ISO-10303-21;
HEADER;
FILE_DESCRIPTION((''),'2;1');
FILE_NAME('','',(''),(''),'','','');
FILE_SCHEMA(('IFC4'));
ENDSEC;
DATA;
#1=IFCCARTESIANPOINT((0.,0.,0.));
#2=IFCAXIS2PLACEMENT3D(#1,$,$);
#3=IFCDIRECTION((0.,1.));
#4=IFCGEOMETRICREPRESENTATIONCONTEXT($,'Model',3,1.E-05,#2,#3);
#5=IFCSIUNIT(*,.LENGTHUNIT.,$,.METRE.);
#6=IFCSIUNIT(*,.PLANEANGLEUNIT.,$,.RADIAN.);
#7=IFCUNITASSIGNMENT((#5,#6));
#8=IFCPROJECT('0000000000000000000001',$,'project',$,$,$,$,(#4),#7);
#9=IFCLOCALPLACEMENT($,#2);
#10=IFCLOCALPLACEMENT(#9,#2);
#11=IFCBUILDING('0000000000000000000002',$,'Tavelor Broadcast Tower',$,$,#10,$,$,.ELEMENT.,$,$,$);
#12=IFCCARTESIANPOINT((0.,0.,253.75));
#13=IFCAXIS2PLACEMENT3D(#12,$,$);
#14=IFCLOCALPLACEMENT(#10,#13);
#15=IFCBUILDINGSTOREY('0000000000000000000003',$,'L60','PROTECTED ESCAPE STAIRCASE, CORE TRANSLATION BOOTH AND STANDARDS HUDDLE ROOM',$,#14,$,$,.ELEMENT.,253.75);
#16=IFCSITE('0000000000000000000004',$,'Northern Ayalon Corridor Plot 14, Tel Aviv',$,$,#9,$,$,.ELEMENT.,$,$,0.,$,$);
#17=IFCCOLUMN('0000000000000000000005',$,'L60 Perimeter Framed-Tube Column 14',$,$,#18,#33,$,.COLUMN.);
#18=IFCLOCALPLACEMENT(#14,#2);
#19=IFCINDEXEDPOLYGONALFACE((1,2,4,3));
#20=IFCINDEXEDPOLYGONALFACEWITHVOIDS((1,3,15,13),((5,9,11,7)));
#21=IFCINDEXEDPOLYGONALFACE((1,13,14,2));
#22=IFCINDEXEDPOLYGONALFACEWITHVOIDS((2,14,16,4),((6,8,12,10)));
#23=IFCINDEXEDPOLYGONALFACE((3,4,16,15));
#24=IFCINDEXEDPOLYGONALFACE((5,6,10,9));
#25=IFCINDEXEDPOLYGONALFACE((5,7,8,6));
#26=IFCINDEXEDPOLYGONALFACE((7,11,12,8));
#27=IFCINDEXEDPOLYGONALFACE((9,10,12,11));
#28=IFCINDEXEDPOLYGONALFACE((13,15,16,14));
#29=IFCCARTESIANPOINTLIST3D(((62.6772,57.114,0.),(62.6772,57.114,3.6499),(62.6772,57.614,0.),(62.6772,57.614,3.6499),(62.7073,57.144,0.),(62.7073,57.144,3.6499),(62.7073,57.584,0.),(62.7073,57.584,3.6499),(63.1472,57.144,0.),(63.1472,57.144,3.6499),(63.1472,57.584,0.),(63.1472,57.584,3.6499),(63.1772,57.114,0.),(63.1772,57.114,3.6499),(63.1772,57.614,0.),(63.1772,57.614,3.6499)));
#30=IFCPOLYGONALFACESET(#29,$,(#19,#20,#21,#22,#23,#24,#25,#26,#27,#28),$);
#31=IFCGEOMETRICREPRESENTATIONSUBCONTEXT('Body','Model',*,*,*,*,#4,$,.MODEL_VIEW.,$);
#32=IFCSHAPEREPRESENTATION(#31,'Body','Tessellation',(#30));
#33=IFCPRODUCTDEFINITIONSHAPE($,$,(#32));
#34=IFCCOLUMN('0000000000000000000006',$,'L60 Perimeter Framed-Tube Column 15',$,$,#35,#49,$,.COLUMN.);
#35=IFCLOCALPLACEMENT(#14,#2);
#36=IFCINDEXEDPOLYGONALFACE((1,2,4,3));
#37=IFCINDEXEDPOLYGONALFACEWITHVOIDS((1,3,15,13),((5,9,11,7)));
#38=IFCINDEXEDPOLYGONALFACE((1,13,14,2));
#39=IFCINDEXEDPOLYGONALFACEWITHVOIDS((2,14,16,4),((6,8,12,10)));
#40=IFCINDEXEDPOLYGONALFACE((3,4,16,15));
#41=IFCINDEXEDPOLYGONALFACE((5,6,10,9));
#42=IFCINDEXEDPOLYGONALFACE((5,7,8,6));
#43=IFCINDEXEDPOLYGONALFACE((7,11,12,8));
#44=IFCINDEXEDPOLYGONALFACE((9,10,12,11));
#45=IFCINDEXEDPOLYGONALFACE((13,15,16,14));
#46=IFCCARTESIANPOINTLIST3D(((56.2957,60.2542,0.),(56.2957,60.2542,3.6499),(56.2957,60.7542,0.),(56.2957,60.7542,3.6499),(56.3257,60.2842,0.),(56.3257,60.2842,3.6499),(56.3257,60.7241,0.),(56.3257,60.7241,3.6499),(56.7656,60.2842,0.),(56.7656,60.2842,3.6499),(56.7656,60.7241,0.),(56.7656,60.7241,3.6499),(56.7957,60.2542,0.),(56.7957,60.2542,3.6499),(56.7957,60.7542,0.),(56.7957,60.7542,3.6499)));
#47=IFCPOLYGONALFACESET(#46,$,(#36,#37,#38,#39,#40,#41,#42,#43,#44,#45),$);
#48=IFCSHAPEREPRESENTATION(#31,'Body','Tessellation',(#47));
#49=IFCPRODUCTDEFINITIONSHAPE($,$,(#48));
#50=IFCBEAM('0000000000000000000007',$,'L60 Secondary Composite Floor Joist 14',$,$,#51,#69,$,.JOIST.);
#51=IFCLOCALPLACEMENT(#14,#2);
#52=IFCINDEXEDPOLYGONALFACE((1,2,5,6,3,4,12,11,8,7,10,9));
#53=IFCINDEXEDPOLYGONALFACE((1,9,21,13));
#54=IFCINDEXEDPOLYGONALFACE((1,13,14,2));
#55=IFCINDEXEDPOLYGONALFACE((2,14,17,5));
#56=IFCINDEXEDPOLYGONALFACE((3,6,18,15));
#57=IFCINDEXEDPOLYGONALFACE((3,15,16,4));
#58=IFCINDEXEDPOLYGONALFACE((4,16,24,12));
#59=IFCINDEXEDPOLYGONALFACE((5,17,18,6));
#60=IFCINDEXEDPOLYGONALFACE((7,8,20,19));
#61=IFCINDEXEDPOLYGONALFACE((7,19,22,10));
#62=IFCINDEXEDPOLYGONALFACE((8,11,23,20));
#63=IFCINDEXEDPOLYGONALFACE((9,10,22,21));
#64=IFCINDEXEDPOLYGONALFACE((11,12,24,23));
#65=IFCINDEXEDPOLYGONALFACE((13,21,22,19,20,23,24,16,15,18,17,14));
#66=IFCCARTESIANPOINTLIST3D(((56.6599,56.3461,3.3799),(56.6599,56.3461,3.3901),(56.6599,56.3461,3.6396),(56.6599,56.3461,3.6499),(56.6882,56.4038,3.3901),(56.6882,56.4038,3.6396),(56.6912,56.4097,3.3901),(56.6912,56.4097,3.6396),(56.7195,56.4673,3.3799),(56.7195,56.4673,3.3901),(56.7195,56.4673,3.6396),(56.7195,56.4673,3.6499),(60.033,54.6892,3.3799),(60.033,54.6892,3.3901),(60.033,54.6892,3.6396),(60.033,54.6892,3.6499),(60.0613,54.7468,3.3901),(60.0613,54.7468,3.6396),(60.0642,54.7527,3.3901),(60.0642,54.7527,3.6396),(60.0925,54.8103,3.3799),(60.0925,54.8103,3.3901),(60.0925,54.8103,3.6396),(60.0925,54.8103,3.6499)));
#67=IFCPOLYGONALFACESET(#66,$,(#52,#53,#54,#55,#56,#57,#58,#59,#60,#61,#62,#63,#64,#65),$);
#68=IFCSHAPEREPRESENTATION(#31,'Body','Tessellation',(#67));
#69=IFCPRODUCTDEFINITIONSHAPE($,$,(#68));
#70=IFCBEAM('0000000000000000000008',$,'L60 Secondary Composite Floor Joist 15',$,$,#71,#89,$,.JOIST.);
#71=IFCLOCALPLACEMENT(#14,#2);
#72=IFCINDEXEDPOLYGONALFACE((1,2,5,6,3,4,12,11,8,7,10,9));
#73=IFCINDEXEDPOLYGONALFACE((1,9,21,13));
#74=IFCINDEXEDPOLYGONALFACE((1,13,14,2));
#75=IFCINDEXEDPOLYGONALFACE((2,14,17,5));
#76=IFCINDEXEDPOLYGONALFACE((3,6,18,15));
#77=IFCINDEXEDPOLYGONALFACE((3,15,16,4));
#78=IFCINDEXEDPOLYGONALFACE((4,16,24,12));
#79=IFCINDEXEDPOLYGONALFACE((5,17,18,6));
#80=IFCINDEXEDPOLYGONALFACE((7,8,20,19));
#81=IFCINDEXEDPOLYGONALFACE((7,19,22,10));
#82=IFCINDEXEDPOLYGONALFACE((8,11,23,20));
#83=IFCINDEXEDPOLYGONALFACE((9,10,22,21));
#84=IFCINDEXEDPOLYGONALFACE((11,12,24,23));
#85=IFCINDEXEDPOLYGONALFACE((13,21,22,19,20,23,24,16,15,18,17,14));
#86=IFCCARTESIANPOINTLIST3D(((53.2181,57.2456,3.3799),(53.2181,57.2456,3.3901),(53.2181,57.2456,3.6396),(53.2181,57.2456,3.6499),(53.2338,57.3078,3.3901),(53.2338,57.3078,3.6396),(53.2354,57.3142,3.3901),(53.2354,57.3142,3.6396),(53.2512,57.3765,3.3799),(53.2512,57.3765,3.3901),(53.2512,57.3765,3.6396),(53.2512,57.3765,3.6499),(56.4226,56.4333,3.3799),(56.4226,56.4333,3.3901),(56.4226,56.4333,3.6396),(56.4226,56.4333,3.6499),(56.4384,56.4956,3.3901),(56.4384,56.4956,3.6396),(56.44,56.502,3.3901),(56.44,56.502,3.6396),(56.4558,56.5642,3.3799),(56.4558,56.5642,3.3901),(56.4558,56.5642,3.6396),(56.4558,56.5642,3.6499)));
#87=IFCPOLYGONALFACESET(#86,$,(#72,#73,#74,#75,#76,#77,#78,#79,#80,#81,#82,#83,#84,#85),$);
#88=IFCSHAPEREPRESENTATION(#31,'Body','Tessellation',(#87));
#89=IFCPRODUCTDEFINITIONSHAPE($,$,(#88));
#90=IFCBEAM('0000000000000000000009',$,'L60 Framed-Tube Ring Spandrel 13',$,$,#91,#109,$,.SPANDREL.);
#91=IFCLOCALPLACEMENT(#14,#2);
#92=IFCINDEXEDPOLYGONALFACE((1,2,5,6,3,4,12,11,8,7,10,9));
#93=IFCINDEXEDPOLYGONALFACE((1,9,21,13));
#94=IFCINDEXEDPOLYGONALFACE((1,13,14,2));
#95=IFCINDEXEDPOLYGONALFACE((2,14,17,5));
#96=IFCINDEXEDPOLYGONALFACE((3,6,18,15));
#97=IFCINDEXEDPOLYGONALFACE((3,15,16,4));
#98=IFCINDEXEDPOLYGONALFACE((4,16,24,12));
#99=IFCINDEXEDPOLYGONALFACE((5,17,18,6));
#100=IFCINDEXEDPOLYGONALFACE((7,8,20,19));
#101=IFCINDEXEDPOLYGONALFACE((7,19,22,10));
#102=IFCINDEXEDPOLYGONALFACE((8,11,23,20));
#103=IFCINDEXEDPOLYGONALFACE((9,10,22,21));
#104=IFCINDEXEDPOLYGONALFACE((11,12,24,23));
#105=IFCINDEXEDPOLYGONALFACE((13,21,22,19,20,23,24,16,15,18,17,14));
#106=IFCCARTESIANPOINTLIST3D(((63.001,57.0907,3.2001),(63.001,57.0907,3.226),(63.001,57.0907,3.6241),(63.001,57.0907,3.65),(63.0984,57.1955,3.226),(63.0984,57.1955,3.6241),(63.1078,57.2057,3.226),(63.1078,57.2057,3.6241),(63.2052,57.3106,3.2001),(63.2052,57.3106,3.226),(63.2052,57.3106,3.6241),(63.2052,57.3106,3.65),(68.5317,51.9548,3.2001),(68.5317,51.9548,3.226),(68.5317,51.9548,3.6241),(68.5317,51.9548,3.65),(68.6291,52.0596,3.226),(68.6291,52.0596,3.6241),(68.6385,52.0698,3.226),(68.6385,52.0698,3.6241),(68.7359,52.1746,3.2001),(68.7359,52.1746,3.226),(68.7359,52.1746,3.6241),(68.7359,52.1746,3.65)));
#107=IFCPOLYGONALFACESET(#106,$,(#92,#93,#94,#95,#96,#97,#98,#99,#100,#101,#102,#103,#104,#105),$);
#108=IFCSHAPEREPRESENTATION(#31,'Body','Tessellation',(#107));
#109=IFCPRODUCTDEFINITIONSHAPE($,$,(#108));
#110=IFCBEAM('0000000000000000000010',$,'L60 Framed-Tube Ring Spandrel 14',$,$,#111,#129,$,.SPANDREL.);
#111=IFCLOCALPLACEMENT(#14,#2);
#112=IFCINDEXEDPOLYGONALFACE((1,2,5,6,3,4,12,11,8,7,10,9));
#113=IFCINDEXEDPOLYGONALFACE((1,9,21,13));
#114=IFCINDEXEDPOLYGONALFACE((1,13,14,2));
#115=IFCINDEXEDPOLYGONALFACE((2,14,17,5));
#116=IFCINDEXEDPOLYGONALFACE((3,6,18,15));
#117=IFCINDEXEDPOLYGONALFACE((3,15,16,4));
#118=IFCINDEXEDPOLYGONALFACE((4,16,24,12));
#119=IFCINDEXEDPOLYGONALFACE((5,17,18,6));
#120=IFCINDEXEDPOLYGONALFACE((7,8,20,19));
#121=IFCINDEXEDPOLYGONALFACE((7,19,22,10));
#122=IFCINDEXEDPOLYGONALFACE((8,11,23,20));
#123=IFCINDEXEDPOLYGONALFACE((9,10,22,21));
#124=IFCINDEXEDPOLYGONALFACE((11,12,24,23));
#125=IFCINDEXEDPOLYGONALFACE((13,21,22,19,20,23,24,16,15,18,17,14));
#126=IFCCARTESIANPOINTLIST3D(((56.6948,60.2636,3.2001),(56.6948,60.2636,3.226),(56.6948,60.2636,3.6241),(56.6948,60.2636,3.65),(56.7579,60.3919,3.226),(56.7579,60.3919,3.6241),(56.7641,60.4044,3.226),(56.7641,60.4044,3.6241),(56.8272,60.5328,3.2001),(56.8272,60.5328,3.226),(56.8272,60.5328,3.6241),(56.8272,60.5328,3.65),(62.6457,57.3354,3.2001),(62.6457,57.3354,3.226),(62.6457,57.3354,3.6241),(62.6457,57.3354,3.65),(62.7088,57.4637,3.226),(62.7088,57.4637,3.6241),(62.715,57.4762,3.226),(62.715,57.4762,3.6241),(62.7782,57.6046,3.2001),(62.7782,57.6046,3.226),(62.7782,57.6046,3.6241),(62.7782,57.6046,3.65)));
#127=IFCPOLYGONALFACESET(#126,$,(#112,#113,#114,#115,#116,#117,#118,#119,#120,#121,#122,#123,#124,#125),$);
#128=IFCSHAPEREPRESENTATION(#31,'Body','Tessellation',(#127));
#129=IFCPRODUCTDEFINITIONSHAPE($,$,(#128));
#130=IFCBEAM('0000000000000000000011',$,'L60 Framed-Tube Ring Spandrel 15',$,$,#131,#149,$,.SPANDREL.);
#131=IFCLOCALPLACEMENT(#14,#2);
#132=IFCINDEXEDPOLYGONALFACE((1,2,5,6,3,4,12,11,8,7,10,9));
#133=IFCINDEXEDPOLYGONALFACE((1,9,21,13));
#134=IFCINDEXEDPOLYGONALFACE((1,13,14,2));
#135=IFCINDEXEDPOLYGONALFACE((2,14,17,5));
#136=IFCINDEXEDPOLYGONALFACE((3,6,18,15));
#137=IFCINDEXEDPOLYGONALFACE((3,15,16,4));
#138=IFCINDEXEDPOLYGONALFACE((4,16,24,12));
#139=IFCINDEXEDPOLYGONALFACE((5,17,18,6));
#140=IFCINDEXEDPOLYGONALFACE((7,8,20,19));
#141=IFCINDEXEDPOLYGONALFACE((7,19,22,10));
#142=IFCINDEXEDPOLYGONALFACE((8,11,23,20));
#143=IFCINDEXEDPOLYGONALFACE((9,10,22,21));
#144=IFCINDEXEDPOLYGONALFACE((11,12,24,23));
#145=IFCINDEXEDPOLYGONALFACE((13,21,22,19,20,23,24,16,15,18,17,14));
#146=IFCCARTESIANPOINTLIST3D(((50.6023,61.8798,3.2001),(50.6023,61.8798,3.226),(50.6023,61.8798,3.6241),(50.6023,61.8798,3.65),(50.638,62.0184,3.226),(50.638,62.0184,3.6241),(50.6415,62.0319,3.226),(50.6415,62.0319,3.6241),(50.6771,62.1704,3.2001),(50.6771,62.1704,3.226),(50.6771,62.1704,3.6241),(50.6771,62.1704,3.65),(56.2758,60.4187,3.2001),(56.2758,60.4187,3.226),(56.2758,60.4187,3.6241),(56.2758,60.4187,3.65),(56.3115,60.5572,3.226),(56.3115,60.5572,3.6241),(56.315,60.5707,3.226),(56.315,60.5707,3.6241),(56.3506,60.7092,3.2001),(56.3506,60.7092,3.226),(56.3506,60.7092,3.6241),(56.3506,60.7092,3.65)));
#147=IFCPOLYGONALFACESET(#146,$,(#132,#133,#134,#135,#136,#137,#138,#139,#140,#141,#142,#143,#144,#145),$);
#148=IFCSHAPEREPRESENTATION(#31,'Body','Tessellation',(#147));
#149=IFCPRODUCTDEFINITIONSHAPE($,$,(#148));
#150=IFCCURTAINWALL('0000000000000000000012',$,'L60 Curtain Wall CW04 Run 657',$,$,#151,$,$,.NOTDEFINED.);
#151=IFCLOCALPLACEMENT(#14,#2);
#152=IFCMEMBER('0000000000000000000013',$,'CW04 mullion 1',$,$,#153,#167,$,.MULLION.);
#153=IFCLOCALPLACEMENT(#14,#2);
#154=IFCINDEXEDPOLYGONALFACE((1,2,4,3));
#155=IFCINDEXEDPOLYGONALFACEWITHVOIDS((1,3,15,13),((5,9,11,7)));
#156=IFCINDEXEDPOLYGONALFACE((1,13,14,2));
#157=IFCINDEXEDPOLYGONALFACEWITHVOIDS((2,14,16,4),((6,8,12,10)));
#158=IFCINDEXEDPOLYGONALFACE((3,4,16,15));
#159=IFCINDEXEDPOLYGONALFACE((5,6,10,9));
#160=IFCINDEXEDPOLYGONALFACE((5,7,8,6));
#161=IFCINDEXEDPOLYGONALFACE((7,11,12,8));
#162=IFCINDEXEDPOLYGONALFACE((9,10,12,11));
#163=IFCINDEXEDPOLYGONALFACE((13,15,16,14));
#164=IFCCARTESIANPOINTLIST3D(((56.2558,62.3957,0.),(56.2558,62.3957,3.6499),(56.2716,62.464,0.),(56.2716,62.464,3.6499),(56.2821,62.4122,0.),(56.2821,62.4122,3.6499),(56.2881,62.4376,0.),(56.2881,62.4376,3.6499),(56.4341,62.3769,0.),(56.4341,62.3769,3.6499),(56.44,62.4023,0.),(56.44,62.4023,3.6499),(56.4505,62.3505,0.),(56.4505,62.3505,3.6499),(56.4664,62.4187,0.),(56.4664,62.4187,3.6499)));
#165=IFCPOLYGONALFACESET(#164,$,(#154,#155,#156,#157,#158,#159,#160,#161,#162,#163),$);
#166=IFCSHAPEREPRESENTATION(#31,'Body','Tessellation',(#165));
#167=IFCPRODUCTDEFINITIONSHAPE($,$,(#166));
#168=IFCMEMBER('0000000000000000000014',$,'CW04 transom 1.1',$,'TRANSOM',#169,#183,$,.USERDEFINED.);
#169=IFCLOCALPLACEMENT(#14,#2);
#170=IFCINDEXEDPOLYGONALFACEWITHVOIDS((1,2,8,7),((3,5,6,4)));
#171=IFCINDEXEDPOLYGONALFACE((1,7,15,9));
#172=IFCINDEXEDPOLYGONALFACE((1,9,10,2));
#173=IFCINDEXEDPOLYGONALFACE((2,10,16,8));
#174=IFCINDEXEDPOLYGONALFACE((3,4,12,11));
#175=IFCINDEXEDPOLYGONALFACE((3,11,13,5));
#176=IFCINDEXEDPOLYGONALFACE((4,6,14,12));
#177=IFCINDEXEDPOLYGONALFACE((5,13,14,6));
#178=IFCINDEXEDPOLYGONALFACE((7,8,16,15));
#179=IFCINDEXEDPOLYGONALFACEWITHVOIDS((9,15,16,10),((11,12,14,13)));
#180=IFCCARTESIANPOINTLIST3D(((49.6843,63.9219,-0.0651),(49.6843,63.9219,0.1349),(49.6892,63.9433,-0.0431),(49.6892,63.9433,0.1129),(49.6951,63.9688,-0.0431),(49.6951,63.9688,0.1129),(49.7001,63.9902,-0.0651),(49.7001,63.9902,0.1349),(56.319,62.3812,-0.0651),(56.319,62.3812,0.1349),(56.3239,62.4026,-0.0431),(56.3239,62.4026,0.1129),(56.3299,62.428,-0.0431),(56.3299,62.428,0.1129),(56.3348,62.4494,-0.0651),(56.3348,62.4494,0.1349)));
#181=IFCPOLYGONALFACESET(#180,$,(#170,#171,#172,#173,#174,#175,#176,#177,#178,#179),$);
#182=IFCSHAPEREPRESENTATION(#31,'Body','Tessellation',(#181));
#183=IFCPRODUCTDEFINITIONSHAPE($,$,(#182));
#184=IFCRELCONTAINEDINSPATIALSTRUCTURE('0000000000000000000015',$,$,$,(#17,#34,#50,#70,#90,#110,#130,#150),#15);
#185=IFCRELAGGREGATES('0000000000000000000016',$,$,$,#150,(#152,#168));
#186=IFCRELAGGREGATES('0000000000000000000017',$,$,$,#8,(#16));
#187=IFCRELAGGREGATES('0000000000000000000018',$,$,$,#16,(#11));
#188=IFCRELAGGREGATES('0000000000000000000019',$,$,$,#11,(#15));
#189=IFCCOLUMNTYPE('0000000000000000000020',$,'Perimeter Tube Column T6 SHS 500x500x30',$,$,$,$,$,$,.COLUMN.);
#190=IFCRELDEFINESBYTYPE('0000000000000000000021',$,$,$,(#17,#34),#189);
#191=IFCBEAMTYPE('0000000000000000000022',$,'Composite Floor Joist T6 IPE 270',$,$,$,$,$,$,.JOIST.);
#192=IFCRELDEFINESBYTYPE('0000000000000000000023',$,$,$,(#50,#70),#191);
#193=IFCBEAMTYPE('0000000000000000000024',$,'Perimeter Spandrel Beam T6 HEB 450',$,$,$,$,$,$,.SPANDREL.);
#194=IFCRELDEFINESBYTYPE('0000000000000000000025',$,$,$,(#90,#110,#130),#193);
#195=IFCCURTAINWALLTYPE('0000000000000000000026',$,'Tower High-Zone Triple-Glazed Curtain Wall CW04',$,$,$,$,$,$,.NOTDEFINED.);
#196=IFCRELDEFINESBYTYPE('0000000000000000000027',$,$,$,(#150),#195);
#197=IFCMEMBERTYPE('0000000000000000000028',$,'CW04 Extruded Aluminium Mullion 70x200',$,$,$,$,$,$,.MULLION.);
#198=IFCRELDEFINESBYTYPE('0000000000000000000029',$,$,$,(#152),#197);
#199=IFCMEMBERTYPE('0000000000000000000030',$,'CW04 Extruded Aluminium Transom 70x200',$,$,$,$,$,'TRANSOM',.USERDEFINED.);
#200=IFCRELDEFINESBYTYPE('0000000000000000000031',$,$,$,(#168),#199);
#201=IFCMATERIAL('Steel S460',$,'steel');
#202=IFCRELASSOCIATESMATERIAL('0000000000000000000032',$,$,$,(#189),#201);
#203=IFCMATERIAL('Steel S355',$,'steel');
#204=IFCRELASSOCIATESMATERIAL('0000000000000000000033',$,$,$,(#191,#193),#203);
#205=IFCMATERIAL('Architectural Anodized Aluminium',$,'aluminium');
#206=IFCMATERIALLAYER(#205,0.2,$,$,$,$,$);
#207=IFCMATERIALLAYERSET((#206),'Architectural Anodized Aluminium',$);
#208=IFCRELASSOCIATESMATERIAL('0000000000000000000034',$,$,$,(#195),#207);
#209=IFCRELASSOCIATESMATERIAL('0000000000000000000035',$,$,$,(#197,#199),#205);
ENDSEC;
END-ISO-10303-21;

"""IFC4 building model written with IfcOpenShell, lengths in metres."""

from ifc_helpers import new_model, si_unit, direction, frame, origin, origin_2d, place, context, subcontext, project, spatial, hollow_rectangle, i_section, extrude, source, transform, mapped, material, layer, layer_set, material_profile, profile_set, type_object, type_shapes, element, aggregate, save


model = new_model("IFC4")

# Units and contexts
model_context = context("Model", 3, precision=1e-05, world=origin(), true_north=direction((0.0, 1.0)))
body_context = subcontext(model_context, "Body", "Model", "MODEL_VIEW")
ifc_project = project(units=[si_unit("LENGTHUNIT", "METRE"), si_unit("PLANEANGLEUNIT", "RADIAN")], contexts=[model_context])

# Site, building, storey
site_placement = place(None, origin())
site = spatial("IfcSite", under=ifc_project, at=site_placement, Name="Northern Ayalon Corridor Plot 14, Tel Aviv", CompositionType="ELEMENT", RefElevation=0.0)
building_placement = place(site_placement, origin())
building = spatial("IfcBuilding", under=site, at=building_placement, Name="Tavelor Broadcast Tower", CompositionType="ELEMENT")
storey_placement = place(building_placement, frame((0.0, 0.0, 253.75)))
storey = spatial("IfcBuildingStorey", under=building, at=storey_placement, Name="L60", Description="PROTECTED ESCAPE STAIRCASE, CORE TRANSLATION BOOTH AND STANDARDS HUDDLE ROOM", CompositionType="ELEMENT", Elevation=253.75)

# Columns
ifc_material_1 = material(Name="Steel S460", Category="steel")
ifc_material_profile_1 = material_profile(ifc_material_1, hollow_rectangle(XDim=0.5, YDim=0.5, WallThickness=0.03, at=origin_2d()), Name="SHS 500x500x30")
ifc_profile_set_1 = profile_set([ifc_material_profile_1], Name="Steel S460")
column_type = type_object("IfcColumnType", Name="Perimeter Tube Column T6 SHS 500x500x30", PredefinedType="COLUMN", material=ifc_profile_set_1)
for number, where, z_axis, x_axis, name in (
    (1, (62.9272, 57.364, 0.0), (0.0, 0.0, 1.0), (1.0, 0.0, 0.0), "L60 Perimeter Framed-Tube Column 14"),
    (2, (56.5457, 60.5042, 0.0), (0.0, 0.0, 1.0), (1.0, 0.0, 0.0), "L60 Perimeter Framed-Tube Column 15"),
):
    element("IfcColumn", number, at=place(storey_placement, frame(where, z_axis=z_axis, x_axis=x_axis)), inside=storey, type_object=column_type, Name=name, PredefinedType="COLUMN", context=body_context, shape_type="SweptSolid", body=[
        extrude(hollow_rectangle(XDim=0.5, YDim=0.5, WallThickness=0.03, at=origin_2d()), origin(), (0.0, 0.0, 1.0), 3.6499),
    ])

# Beams
ifc_material_2 = material(Name="Steel S355", Category="steel")
ifc_material_profile_2 = material_profile(ifc_material_2, i_section(OverallWidth=0.135, OverallDepth=0.27, WebThickness=0.0066, FlangeThickness=0.0103, at=origin_2d()), Name="IPE 270")
ifc_profile_set_2 = profile_set([ifc_material_profile_2], Name="Steel S355")
beam_type_1 = type_object("IfcBeamType", Name="Composite Floor Joist T6 IPE 270", PredefinedType="JOIST", material=ifc_profile_set_2)
beam_1_placement = place(storey_placement, frame((60.0627, 54.7498, 3.5149), z_axis=(-0.897549, 0.440914, 0.0), x_axis=(-0.440914, -0.897549, 0.0)))
element("IfcBeam", 3, at=beam_1_placement, inside=storey, type_object=beam_type_1, Name="L60 Secondary Composite Floor Joist 14", PredefinedType="JOIST", context=body_context, shape_type="SweptSolid", body=[
    extrude(i_section(OverallWidth=0.135, OverallDepth=0.27, WebThickness=0.0066, FlangeThickness=0.0103, at=origin_2d()), origin(), (0.0, 0.0, 1.0), 3.7581),
])
beam_2_placement = place(storey_placement, frame((56.4392, 56.4988, 3.5149), z_axis=(-0.969347, 0.245697, 0.0), x_axis=(-0.245697, -0.969347, 0.0)))
element("IfcBeam", 4, at=beam_2_placement, inside=storey, type_object=beam_type_1, Name="L60 Secondary Composite Floor Joist 15", PredefinedType="JOIST", context=body_context, shape_type="SweptSolid", body=[
    extrude(i_section(OverallWidth=0.135, OverallDepth=0.27, WebThickness=0.0066, FlangeThickness=0.0103, at=origin_2d()), origin(), (0.0, 0.0, 1.0), 3.3059),
])
ifc_material_profile_3 = material_profile(ifc_material_2, i_section(OverallWidth=0.3, OverallDepth=0.45, WebThickness=0.0139, FlangeThickness=0.0259, at=origin_2d()), Name="HEB 450")
ifc_profile_set_3 = profile_set([ifc_material_profile_3], Name="Steel S355")
beam_type_2 = type_object("IfcBeamType", Name="Perimeter Spandrel Beam T6 HEB 450", PredefinedType="SPANDREL", material=ifc_profile_set_3)
beam_3_placement = place(storey_placement, frame((68.6338, 52.0647, 3.425), z_axis=(-0.732775, 0.680471, 0.0), x_axis=(-0.680471, -0.732775, 0.0)))
element("IfcBeam", 5, at=beam_3_placement, inside=storey, type_object=beam_type_2, Name="L60 Framed-Tube Ring Spandrel 13", PredefinedType="SPANDREL", context=body_context, shape_type="SweptSolid", body=[
    extrude(i_section(OverallWidth=0.3, OverallDepth=0.45, WebThickness=0.0139, FlangeThickness=0.0259, at=origin_2d()), origin(), (0.0, 0.0, 1.0), 7.5476),
])
beam_4_placement = place(storey_placement, frame((62.7119, 57.47, 3.425), z_axis=(-0.897258, 0.441506, 0.0), x_axis=(-0.441506, -0.897258, 0.0)))
element("IfcBeam", 6, at=beam_4_placement, inside=storey, type_object=beam_type_2, Name="L60 Framed-Tube Ring Spandrel 14", PredefinedType="SPANDREL", context=body_context, shape_type="SweptSolid", body=[
    extrude(i_section(OverallWidth=0.3, OverallDepth=0.45, WebThickness=0.0139, FlangeThickness=0.0259, at=origin_2d()), origin(), (0.0, 0.0, 1.0), 6.6323),
])
beam_5_placement = place(storey_placement, frame((56.3132, 60.564, 3.425), z_axis=(-0.9684, 0.249403, 0.0), x_axis=(-0.249403, -0.9684, 0.0)))
element("IfcBeam", 7, at=beam_5_placement, inside=storey, type_object=beam_type_2, Name="L60 Framed-Tube Ring Spandrel 15", PredefinedType="SPANDREL", context=body_context, shape_type="SweptSolid", body=[
    extrude(i_section(OverallWidth=0.3, OverallDepth=0.45, WebThickness=0.0139, FlangeThickness=0.0259, at=origin_2d()), origin(), (0.0, 0.0, 1.0), 5.8586),
])

# Curtain wall, members
ifc_material_3 = material(Name="Architectural Anodized Aluminium", Category="aluminium")
ifc_layer_1 = layer(ifc_material_3, 0.2)
ifc_layer_set_1 = layer_set([ifc_layer_1], Name="Architectural Anodized Aluminium")
curtain_wall_type = type_object("IfcCurtainWallType", Name="Tower High-Zone Triple-Glazed Curtain Wall CW04", PredefinedType="NOTDEFINED", material=ifc_layer_set_1)
curtain_wall_placement = place(storey_placement, origin())
curtain_wall = element("IfcCurtainWall", 8, at=curtain_wall_placement, inside=storey, type_object=curtain_wall_type, Name="L60 Curtain Wall CW04 Run 657", PredefinedType="NOTDEFINED")
ifc_material_profile_4 = material_profile(ifc_material_3, hollow_rectangle(XDim=0.0701, YDim=0.2, WallThickness=0.022, at=origin_2d()), Name="RHS 70x200x22")
ifc_profile_set_4 = profile_set([ifc_material_profile_4], Name="Architectural Anodized Aluminium")
member_type_1 = type_object("IfcMemberType", Name="CW04 Extruded Aluminium Mullion 70x200", PredefinedType="MULLION", material=ifc_profile_set_4)
shared_shape_1 = source(origin(), body_context, "Body", "SweptSolid", [
    extrude(hollow_rectangle(XDim=0.0701, YDim=0.2, WallThickness=0.022, at=origin_2d()), origin(), (0.0, 0.0, 1.0), 3.6499),
])
type_shapes(member_type_1, [shared_shape_1])
member_1_placement = place(storey_placement, frame((56.3611, 62.4072, 0.0), z_axis=(0.0, 0.0, 1.0), x_axis=(-0.22623, -0.974074, 0.0)))
member_1 = element("IfcMember", 9, at=member_1_placement, type_object=member_type_1, Name="CW04 mullion 1", PredefinedType="MULLION", context=body_context, shape_type="MappedRepresentation", body=[
    mapped(shared_shape_1, transform((0.0, 0.0, 0.0), scale=1.0)),
])
ifc_material_profile_5 = material_profile(ifc_material_3, hollow_rectangle(XDim=0.0701, YDim=0.2, WallThickness=0.022, at=origin_2d()), Name="RHS 70x200x22")
ifc_profile_set_5 = profile_set([ifc_material_profile_5], Name="Architectural Anodized Aluminium")
member_type_2 = type_object("IfcMemberType", Name="CW04 Extruded Aluminium Transom 70x200", ElementType="TRANSOM", PredefinedType="USERDEFINED", material=ifc_profile_set_5)
shared_shape_2 = source(origin(), body_context, "Body", "SweptSolid", [
    extrude(hollow_rectangle(XDim=0.0701, YDim=0.2, WallThickness=0.022, at=origin_2d()), origin(), (0.0, 0.0, 1.0), 6.8113),
])
type_shapes(member_type_2, [shared_shape_2])
member_2_placement = place(storey_placement, frame((56.3269, 62.4153, 0.0349), z_axis=(-0.974079, 0.226207, 0.0), x_axis=(-0.226207, -0.974079, 0.0)))
member_2 = element("IfcMember", 10, at=member_2_placement, type_object=member_type_2, Name="CW04 transom 1.1", ObjectType="TRANSOM", PredefinedType="USERDEFINED", context=body_context, shape_type="MappedRepresentation", body=[
    mapped(shared_shape_2, transform((0.0, 0.0, 0.0), scale=1.0)),
])
aggregate(curtain_wall, [member_1, member_2])

save(model, "model.ifc")
